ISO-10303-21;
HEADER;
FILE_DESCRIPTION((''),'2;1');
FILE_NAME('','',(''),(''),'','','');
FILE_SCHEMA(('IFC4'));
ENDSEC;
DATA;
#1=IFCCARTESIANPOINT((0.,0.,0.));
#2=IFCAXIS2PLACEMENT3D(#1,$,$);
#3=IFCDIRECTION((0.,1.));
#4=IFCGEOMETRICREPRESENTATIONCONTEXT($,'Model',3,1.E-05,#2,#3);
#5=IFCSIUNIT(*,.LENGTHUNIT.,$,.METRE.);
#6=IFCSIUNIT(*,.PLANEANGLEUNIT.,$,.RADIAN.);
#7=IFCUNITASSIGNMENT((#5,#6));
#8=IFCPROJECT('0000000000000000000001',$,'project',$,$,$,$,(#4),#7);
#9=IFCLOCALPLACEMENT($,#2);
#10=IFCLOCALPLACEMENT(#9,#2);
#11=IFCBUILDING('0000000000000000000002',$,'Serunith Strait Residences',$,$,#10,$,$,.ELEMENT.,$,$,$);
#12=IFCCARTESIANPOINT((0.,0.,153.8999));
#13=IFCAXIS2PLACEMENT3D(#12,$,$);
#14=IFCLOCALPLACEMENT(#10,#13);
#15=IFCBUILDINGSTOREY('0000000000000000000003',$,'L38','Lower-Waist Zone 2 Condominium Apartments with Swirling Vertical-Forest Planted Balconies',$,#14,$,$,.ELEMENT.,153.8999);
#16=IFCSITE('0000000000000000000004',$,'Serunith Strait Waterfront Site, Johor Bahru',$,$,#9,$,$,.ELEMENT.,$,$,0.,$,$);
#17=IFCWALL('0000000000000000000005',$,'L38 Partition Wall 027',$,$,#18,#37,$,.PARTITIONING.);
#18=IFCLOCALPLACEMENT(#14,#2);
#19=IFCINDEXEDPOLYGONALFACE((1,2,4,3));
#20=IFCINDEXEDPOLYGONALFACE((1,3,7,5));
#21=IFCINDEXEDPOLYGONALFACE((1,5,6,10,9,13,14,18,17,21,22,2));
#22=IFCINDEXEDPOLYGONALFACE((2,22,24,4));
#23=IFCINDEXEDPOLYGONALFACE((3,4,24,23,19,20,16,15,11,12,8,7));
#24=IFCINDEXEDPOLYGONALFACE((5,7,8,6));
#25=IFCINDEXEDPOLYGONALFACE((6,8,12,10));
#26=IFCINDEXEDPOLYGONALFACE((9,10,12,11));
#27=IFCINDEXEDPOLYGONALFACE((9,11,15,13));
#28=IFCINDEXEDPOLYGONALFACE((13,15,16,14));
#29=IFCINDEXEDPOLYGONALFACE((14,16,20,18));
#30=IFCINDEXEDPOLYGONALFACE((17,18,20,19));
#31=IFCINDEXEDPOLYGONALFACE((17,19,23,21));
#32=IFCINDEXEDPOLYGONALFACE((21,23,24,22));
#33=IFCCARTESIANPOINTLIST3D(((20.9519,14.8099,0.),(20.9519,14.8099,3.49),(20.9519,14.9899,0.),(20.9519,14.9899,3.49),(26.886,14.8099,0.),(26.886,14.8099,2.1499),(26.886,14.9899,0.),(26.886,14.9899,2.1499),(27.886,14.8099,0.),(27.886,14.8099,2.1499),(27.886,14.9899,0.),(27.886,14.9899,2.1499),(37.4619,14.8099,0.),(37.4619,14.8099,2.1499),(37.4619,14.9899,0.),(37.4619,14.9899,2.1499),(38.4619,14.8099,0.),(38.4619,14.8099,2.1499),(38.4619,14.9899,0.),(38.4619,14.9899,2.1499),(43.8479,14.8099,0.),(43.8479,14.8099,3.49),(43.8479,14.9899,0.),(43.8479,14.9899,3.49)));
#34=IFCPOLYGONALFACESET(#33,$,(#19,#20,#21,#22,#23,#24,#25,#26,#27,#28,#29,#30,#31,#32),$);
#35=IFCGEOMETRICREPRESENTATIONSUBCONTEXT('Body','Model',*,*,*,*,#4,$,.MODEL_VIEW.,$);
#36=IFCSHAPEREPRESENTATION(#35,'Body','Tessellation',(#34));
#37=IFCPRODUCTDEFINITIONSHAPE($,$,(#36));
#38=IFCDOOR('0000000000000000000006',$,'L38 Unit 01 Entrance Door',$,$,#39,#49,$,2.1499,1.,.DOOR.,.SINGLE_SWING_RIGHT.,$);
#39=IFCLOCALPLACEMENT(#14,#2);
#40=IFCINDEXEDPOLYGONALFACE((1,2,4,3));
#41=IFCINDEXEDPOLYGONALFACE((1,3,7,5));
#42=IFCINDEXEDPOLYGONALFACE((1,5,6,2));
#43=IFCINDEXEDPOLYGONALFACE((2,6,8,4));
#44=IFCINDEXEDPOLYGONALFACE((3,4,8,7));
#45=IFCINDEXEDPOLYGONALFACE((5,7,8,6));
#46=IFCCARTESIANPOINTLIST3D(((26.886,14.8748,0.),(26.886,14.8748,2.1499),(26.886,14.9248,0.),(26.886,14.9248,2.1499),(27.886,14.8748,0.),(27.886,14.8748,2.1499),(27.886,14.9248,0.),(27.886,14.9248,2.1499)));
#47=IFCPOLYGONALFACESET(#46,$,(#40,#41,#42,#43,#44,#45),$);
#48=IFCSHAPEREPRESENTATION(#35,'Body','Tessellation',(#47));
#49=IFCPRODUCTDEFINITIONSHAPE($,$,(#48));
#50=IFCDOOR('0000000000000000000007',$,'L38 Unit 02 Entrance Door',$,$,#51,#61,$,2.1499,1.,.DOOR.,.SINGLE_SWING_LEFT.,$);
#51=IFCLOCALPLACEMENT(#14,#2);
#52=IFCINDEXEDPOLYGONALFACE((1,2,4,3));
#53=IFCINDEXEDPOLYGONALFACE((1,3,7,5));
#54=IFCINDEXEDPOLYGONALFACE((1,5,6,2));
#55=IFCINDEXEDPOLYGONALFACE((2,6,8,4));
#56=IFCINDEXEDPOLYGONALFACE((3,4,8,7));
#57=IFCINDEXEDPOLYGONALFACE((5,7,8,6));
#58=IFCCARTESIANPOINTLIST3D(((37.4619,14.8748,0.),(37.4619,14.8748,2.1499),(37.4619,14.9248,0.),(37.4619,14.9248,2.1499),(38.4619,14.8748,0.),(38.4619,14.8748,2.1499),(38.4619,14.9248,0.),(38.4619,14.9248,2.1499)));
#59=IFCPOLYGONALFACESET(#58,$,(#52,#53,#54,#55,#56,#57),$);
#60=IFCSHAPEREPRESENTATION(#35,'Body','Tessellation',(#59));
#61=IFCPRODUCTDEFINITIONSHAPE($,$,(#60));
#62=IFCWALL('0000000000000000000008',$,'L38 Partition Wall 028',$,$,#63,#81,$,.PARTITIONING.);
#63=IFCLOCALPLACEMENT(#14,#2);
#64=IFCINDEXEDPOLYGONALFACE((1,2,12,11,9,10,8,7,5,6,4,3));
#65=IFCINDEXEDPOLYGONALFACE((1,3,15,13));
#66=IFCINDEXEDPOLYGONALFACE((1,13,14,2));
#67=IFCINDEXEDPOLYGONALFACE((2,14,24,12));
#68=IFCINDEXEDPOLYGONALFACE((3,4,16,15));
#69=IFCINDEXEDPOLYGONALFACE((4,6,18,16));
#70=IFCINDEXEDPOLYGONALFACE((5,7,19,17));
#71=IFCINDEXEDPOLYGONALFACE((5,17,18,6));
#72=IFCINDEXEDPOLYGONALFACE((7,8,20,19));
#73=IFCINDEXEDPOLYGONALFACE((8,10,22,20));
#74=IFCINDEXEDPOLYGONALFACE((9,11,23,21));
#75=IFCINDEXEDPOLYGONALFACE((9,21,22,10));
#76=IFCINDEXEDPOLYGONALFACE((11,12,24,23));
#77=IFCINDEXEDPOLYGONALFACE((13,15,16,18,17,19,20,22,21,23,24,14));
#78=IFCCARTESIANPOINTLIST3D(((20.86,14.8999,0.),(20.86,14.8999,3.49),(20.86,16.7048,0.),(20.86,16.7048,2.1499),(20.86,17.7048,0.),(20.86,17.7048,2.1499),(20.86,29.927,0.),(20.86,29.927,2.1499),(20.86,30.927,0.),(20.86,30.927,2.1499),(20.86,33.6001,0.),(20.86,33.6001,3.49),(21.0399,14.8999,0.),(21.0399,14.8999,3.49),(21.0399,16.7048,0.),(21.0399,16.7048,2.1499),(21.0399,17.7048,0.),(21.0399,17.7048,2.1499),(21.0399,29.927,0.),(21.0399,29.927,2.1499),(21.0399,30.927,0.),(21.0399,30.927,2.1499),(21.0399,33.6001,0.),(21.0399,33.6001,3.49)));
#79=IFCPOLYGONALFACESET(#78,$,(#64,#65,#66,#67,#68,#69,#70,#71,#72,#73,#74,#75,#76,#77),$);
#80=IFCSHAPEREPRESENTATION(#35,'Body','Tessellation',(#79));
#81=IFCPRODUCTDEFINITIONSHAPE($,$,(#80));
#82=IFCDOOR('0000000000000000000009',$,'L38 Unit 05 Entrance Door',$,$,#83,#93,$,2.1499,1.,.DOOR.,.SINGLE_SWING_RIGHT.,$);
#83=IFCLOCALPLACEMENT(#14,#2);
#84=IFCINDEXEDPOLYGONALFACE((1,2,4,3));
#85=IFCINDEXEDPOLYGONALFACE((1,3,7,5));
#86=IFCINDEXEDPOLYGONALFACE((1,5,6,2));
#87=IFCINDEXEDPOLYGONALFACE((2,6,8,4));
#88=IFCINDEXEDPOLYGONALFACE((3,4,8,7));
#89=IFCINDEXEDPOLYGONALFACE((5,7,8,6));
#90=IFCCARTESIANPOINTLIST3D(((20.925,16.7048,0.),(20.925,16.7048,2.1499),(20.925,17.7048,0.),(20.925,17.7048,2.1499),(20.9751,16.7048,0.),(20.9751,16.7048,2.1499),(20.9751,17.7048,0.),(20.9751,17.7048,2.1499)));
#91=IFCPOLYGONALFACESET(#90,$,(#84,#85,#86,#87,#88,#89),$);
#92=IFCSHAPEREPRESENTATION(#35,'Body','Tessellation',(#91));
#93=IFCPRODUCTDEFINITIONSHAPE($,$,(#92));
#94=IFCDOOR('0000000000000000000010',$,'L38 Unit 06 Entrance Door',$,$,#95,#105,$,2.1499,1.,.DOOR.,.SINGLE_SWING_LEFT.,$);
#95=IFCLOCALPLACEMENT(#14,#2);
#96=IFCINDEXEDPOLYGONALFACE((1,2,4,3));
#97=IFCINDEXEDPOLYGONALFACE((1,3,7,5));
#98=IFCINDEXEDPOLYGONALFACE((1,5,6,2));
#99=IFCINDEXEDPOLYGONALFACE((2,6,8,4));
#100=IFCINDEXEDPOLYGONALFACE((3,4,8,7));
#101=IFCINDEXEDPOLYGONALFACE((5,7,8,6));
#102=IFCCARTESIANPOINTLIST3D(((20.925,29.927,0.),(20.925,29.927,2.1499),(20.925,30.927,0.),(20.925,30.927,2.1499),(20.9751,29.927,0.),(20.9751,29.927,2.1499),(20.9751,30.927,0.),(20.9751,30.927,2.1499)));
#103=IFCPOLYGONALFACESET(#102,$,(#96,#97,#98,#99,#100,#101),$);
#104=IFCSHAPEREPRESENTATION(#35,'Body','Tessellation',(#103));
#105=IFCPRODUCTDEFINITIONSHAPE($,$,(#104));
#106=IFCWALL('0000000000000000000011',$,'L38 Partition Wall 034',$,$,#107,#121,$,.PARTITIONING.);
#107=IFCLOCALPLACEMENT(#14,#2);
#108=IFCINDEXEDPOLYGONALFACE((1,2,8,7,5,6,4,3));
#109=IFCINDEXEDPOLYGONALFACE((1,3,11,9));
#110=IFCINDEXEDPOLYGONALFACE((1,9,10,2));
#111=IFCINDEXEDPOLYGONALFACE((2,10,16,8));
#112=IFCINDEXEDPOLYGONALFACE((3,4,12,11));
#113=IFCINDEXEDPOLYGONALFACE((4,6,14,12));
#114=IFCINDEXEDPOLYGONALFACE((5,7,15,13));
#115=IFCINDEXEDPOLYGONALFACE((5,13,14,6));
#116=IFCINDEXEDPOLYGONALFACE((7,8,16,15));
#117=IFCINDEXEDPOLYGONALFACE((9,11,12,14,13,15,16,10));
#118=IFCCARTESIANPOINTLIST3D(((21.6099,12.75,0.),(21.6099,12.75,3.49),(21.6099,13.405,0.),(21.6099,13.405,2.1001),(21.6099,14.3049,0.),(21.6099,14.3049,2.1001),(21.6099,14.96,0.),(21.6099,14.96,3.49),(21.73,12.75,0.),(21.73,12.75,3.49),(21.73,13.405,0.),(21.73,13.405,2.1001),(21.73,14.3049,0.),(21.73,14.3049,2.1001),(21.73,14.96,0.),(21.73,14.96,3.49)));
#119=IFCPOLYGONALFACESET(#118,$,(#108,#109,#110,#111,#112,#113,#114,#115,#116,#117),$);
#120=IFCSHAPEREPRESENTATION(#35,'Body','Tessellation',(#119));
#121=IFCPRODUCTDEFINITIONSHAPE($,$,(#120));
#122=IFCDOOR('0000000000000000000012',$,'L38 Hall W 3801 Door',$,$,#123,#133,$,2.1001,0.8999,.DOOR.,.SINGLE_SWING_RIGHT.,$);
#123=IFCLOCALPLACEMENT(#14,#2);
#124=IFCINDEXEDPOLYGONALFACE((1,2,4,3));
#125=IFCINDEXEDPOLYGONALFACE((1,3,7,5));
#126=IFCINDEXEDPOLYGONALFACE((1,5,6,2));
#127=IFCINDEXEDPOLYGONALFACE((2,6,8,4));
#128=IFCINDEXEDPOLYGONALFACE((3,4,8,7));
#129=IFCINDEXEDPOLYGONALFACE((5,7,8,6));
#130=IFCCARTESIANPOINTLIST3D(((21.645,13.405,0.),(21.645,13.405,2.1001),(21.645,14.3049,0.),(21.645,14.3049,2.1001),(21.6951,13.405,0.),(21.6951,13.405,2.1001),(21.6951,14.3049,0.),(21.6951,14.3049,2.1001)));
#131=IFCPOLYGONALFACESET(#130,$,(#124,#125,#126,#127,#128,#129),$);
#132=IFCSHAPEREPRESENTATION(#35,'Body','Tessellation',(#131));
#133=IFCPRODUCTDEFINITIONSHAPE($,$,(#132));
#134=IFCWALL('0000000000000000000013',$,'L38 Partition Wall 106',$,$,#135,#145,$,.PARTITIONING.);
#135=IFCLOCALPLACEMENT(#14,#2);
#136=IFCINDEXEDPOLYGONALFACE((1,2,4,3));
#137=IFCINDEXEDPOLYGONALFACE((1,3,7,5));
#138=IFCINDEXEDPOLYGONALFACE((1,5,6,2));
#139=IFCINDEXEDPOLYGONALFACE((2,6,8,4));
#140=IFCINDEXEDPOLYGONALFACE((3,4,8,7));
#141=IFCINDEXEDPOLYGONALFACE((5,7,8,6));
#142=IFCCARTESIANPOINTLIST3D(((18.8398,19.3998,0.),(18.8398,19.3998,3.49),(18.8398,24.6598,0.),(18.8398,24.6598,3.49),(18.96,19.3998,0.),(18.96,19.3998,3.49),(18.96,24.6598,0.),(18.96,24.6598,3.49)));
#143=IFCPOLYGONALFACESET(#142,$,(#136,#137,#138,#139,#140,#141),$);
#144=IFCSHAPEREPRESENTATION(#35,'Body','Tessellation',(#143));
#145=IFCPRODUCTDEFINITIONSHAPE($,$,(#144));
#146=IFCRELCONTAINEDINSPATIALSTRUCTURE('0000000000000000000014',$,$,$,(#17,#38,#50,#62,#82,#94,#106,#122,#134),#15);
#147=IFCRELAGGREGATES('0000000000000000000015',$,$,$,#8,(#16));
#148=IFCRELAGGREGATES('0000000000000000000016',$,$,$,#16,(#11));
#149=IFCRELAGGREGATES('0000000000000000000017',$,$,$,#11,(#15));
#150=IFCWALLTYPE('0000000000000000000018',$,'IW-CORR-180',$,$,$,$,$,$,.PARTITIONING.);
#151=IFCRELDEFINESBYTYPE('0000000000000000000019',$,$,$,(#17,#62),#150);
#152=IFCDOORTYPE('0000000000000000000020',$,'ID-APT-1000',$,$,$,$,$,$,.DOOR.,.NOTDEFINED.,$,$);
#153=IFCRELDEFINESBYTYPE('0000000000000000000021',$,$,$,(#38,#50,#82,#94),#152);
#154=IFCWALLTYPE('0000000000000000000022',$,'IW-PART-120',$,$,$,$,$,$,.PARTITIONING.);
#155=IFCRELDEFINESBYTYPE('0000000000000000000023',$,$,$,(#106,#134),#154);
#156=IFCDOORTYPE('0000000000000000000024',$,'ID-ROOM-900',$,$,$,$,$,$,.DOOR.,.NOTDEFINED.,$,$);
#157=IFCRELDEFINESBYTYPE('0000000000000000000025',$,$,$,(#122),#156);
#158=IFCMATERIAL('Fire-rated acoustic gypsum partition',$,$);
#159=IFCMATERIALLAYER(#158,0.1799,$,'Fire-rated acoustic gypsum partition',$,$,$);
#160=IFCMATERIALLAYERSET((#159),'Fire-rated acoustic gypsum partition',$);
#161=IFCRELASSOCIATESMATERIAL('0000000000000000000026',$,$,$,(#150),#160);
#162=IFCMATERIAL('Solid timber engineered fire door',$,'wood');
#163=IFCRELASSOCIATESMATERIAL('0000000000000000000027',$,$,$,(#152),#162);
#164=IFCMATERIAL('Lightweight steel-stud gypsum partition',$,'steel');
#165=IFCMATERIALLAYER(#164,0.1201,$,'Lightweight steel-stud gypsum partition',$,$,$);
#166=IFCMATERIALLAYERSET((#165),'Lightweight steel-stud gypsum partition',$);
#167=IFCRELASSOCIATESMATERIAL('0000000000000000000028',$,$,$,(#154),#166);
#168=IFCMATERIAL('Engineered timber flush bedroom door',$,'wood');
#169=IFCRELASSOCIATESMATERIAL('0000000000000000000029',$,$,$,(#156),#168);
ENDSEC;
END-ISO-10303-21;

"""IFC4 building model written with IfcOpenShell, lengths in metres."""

from ifc_helpers import new_model, si_unit, direction, frame, frame_2d, origin, place, context, subcontext, project, spatial, rectangle, extrude, source, transform, mapped, material, layer, layer_set, type_object, element, fill, save


model = new_model("IFC4")

# Units and contexts
model_context = context("Model", 3, precision=1e-05, world=origin(), true_north=direction((0.0, 1.0)))
body_context = subcontext(model_context, "Body", "Model", "MODEL_VIEW")
ifc_project = project(units=[si_unit("LENGTHUNIT", "METRE"), si_unit("PLANEANGLEUNIT", "RADIAN")], contexts=[model_context])

# Site, building, storey
site_placement = place(None, origin())
site = spatial("IfcSite", under=ifc_project, at=site_placement, Name="Serunith Strait Waterfront Site, Johor Bahru", CompositionType="ELEMENT", RefElevation=0.0)
building_placement = place(site_placement, origin())
building = spatial("IfcBuilding", under=site, at=building_placement, Name="Serunith Strait Residences", CompositionType="ELEMENT")
storey_placement = place(building_placement, frame((0.0, 0.0, 153.8999)))
storey = spatial("IfcBuildingStorey", under=building, at=storey_placement, Name="L38", Description="Lower-Waist Zone 2 Condominium Apartments with Swirling Vertical-Forest Planted Balconies", CompositionType="ELEMENT", Elevation=153.8999)

# Walls, openings, doors
ifc_material_1 = material(Name="Fire-rated acoustic gypsum partition")
ifc_layer_1 = layer(ifc_material_1, 0.1799, Name="Fire-rated acoustic gypsum partition")
ifc_layer_set_1 = layer_set([ifc_layer_1], Name="Fire-rated acoustic gypsum partition")
wall_type_1 = type_object("IfcWallType", Name="IW-CORR-180", PredefinedType="PARTITIONING", material=ifc_layer_set_1)
wall_1_placement = place(storey_placement, frame((20.9519, 14.8999, 0.0), z_axis=(0.0, 0.0, 1.0), x_axis=(1.0, 0.0, 0.0)))
wall_1 = element("IfcWall", 1, at=wall_1_placement, inside=storey, type_object=wall_type_1, Name="L38 Partition Wall 027", PredefinedType="PARTITIONING", context=body_context, shape_type="SweptSolid", body=[
    extrude(rectangle(XDim=22.896, YDim=0.1799, at=frame_2d((11.448, 0.0))), origin(), (0.0, 0.0, 1.0), 3.49),
])
opening_1_placement = place(wall_1_placement, frame((5.9341, 0.0, 0.0)))
opening_1 = element("IfcOpeningElement", 2, at=opening_1_placement, cuts=wall_1, PredefinedType="OPENING", context=body_context, shape_type="SweptSolid", body=[
    extrude(rectangle(XDim=1.0, YDim=2.1499, at=frame_2d((0.5, 1.075))), frame((0.0, 0.1001, 0.0), z_axis=(0.0, -1.0, 0.0), x_axis=(1.0, 0.0, 0.0)), (0.0, 0.0, 1.0), 0.2),
])
opening_2_placement = place(wall_1_placement, frame((16.51, 0.0, 0.0)))
opening_2 = element("IfcOpeningElement", 3, at=opening_2_placement, cuts=wall_1, PredefinedType="OPENING", context=body_context, shape_type="SweptSolid", body=[
    extrude(rectangle(XDim=1.0, YDim=2.1499, at=frame_2d((0.5, 1.075))), frame((0.0, 0.1001, 0.0), z_axis=(0.0, -1.0, 0.0), x_axis=(1.0, 0.0, 0.0)), (0.0, 0.0, 1.0), 0.2),
])
ifc_material_2 = material(Name="Solid timber engineered fire door", Category="wood")
door_type_1 = type_object("IfcDoorType", Name="ID-APT-1000", OperationType="NOTDEFINED", PredefinedType="DOOR", material=ifc_material_2)
shared_shape_1 = source(origin(), body_context, "Body", "SweptSolid", [
    extrude(rectangle(XDim=1.0, YDim=2.1499, at=frame_2d((0.5, 1.075))), frame((0.0, 0.0249, 0.0), z_axis=(0.0, -1.0, 0.0), x_axis=(1.0, 0.0, 0.0)), (0.0, 0.0, 1.0), 0.05),
])
door_1_placement = place(opening_1_placement, origin())
door_1 = element("IfcDoor", 4, at=door_1_placement, inside=storey, type_object=door_type_1, Name="L38 Unit 01 Entrance Door", OperationType="SINGLE_SWING_RIGHT", OverallHeight=2.1499, OverallWidth=1.0, PredefinedType="DOOR", context=body_context, shape_type="MappedRepresentation", body=[
    mapped(shared_shape_1, transform((0.0, 0.0, 0.0), scale=1.0)),
])
fill(opening_1, door_1)
door_2_placement = place(opening_2_placement, origin())
door_2 = element("IfcDoor", 5, at=door_2_placement, inside=storey, type_object=door_type_1, Name="L38 Unit 02 Entrance Door", OperationType="SINGLE_SWING_LEFT", OverallHeight=2.1499, OverallWidth=1.0, PredefinedType="DOOR", context=body_context, shape_type="MappedRepresentation", body=[
    mapped(shared_shape_1, transform((0.0, 0.0, 0.0), scale=1.0)),
])
fill(opening_2, door_2)
wall_2_placement = place(storey_placement, frame((20.95, 14.8999, 0.0), z_axis=(0.0, 0.0, 1.0), x_axis=(0.0, 1.0, 0.0)))
wall_2 = element("IfcWall", 6, at=wall_2_placement, inside=storey, type_object=wall_type_1, Name="L38 Partition Wall 028", PredefinedType="PARTITIONING", context=body_context, shape_type="SweptSolid", body=[
    extrude(rectangle(XDim=18.7002, YDim=0.1799, at=frame_2d((9.3501, 0.0))), origin(), (0.0, 0.0, 1.0), 3.49),
])
opening_3_placement = place(wall_2_placement, frame((1.8049, 0.0, 0.0)))
opening_3 = element("IfcOpeningElement", 7, at=opening_3_placement, cuts=wall_2, PredefinedType="OPENING", context=body_context, shape_type="SweptSolid", body=[
    extrude(rectangle(XDim=1.0, YDim=2.1499, at=frame_2d((0.5, 1.075))), frame((0.0, 0.1001, 0.0), z_axis=(0.0, -1.0, 0.0), x_axis=(1.0, 0.0, 0.0)), (0.0, 0.0, 1.0), 0.2),
])
opening_4_placement = place(wall_2_placement, frame((15.0271, 0.0, 0.0)))
opening_4 = element("IfcOpeningElement", 8, at=opening_4_placement, cuts=wall_2, PredefinedType="OPENING", context=body_context, shape_type="SweptSolid", body=[
    extrude(rectangle(XDim=1.0, YDim=2.1499, at=frame_2d((0.5, 1.075))), frame((0.0, 0.1001, 0.0), z_axis=(0.0, -1.0, 0.0), x_axis=(1.0, 0.0, 0.0)), (0.0, 0.0, 1.0), 0.2),
])
door_3_placement = place(opening_3_placement, origin())
door_3 = element("IfcDoor", 9, at=door_3_placement, inside=storey, type_object=door_type_1, Name="L38 Unit 05 Entrance Door", OperationType="SINGLE_SWING_RIGHT", OverallHeight=2.1499, OverallWidth=1.0, PredefinedType="DOOR", context=body_context, shape_type="MappedRepresentation", body=[
    mapped(shared_shape_1, transform((0.0, 0.0, 0.0), scale=1.0)),
])
fill(opening_3, door_3)
door_4_placement = place(opening_4_placement, origin())
door_4 = element("IfcDoor", 10, at=door_4_placement, inside=storey, type_object=door_type_1, Name="L38 Unit 06 Entrance Door", OperationType="SINGLE_SWING_LEFT", OverallHeight=2.1499, OverallWidth=1.0, PredefinedType="DOOR", context=body_context, shape_type="MappedRepresentation", body=[
    mapped(shared_shape_1, transform((0.0, 0.0, 0.0), scale=1.0)),
])
fill(opening_4, door_4)

# Wall, opening, door
ifc_material_3 = material(Name="Lightweight steel-stud gypsum partition", Category="steel")
ifc_layer_2 = layer(ifc_material_3, 0.1201, Name="Lightweight steel-stud gypsum partition")
ifc_layer_set_2 = layer_set([ifc_layer_2], Name="Lightweight steel-stud gypsum partition")
wall_type_2 = type_object("IfcWallType", Name="IW-PART-120", PredefinedType="PARTITIONING", material=ifc_layer_set_2)
wall_3_placement = place(storey_placement, frame((21.6699, 12.75, 0.0), z_axis=(0.0, 0.0, 1.0), x_axis=(0.0, 1.0, 0.0)))
wall_3 = element("IfcWall", 11, at=wall_3_placement, inside=storey, type_object=wall_type_2, Name="L38 Partition Wall 034", PredefinedType="PARTITIONING", context=body_context, shape_type="SweptSolid", body=[
    extrude(rectangle(XDim=2.21, YDim=0.1201, at=frame_2d((1.105, 0.0))), origin(), (0.0, 0.0, 1.0), 3.49),
])
opening_5_placement = place(wall_3_placement, frame((0.655, 0.0, 0.0)))
opening_5 = element("IfcOpeningElement", 12, at=opening_5_placement, cuts=wall_3, PredefinedType="OPENING", context=body_context, shape_type="SweptSolid", body=[
    extrude(rectangle(XDim=0.8999, YDim=2.1001, at=frame_2d((0.45, 1.05))), frame((0.0, 0.0701, 0.0), z_axis=(0.0, -1.0, 0.0), x_axis=(1.0, 0.0, 0.0)), (0.0, 0.0, 1.0), 0.1401),
])
ifc_material_4 = material(Name="Engineered timber flush bedroom door", Category="wood")
door_type_2 = type_object("IfcDoorType", Name="ID-ROOM-900", OperationType="NOTDEFINED", PredefinedType="DOOR", material=ifc_material_4)
shared_shape_2 = source(origin(), body_context, "Body", "SweptSolid", [
    extrude(rectangle(XDim=0.8999, YDim=2.1001, at=frame_2d((0.45, 1.05))), frame((0.0, 0.0249, 0.0), z_axis=(0.0, -1.0, 0.0), x_axis=(1.0, 0.0, 0.0)), (0.0, 0.0, 1.0), 0.05),
])
door_5_placement = place(opening_5_placement, origin())
door_5 = element("IfcDoor", 13, at=door_5_placement, inside=storey, type_object=door_type_2, Name="L38 Hall W 3801 Door", OperationType="SINGLE_SWING_RIGHT", OverallHeight=2.1001, OverallWidth=0.8999, PredefinedType="DOOR", context=body_context, shape_type="MappedRepresentation", body=[
    mapped(shared_shape_2, transform((0.0, 0.0, 0.0), scale=1.0)),
])
fill(opening_5, door_5)

# Wall
wall_4_placement = place(storey_placement, frame((18.8999, 19.3999, 0.0), z_axis=(0.0, 0.0, 1.0), x_axis=(0.0, 1.0, 0.0)))
element("IfcWall", 14, at=wall_4_placement, inside=storey, type_object=wall_type_2, Name="L38 Partition Wall 106", PredefinedType="PARTITIONING", context=body_context, shape_type="SweptSolid", body=[
    extrude(rectangle(XDim=5.26, YDim=0.1201, at=frame_2d((2.6299, 0.0))), origin(), (0.0, 0.0, 1.0), 3.49),
])

save(model, "model.ifc")
